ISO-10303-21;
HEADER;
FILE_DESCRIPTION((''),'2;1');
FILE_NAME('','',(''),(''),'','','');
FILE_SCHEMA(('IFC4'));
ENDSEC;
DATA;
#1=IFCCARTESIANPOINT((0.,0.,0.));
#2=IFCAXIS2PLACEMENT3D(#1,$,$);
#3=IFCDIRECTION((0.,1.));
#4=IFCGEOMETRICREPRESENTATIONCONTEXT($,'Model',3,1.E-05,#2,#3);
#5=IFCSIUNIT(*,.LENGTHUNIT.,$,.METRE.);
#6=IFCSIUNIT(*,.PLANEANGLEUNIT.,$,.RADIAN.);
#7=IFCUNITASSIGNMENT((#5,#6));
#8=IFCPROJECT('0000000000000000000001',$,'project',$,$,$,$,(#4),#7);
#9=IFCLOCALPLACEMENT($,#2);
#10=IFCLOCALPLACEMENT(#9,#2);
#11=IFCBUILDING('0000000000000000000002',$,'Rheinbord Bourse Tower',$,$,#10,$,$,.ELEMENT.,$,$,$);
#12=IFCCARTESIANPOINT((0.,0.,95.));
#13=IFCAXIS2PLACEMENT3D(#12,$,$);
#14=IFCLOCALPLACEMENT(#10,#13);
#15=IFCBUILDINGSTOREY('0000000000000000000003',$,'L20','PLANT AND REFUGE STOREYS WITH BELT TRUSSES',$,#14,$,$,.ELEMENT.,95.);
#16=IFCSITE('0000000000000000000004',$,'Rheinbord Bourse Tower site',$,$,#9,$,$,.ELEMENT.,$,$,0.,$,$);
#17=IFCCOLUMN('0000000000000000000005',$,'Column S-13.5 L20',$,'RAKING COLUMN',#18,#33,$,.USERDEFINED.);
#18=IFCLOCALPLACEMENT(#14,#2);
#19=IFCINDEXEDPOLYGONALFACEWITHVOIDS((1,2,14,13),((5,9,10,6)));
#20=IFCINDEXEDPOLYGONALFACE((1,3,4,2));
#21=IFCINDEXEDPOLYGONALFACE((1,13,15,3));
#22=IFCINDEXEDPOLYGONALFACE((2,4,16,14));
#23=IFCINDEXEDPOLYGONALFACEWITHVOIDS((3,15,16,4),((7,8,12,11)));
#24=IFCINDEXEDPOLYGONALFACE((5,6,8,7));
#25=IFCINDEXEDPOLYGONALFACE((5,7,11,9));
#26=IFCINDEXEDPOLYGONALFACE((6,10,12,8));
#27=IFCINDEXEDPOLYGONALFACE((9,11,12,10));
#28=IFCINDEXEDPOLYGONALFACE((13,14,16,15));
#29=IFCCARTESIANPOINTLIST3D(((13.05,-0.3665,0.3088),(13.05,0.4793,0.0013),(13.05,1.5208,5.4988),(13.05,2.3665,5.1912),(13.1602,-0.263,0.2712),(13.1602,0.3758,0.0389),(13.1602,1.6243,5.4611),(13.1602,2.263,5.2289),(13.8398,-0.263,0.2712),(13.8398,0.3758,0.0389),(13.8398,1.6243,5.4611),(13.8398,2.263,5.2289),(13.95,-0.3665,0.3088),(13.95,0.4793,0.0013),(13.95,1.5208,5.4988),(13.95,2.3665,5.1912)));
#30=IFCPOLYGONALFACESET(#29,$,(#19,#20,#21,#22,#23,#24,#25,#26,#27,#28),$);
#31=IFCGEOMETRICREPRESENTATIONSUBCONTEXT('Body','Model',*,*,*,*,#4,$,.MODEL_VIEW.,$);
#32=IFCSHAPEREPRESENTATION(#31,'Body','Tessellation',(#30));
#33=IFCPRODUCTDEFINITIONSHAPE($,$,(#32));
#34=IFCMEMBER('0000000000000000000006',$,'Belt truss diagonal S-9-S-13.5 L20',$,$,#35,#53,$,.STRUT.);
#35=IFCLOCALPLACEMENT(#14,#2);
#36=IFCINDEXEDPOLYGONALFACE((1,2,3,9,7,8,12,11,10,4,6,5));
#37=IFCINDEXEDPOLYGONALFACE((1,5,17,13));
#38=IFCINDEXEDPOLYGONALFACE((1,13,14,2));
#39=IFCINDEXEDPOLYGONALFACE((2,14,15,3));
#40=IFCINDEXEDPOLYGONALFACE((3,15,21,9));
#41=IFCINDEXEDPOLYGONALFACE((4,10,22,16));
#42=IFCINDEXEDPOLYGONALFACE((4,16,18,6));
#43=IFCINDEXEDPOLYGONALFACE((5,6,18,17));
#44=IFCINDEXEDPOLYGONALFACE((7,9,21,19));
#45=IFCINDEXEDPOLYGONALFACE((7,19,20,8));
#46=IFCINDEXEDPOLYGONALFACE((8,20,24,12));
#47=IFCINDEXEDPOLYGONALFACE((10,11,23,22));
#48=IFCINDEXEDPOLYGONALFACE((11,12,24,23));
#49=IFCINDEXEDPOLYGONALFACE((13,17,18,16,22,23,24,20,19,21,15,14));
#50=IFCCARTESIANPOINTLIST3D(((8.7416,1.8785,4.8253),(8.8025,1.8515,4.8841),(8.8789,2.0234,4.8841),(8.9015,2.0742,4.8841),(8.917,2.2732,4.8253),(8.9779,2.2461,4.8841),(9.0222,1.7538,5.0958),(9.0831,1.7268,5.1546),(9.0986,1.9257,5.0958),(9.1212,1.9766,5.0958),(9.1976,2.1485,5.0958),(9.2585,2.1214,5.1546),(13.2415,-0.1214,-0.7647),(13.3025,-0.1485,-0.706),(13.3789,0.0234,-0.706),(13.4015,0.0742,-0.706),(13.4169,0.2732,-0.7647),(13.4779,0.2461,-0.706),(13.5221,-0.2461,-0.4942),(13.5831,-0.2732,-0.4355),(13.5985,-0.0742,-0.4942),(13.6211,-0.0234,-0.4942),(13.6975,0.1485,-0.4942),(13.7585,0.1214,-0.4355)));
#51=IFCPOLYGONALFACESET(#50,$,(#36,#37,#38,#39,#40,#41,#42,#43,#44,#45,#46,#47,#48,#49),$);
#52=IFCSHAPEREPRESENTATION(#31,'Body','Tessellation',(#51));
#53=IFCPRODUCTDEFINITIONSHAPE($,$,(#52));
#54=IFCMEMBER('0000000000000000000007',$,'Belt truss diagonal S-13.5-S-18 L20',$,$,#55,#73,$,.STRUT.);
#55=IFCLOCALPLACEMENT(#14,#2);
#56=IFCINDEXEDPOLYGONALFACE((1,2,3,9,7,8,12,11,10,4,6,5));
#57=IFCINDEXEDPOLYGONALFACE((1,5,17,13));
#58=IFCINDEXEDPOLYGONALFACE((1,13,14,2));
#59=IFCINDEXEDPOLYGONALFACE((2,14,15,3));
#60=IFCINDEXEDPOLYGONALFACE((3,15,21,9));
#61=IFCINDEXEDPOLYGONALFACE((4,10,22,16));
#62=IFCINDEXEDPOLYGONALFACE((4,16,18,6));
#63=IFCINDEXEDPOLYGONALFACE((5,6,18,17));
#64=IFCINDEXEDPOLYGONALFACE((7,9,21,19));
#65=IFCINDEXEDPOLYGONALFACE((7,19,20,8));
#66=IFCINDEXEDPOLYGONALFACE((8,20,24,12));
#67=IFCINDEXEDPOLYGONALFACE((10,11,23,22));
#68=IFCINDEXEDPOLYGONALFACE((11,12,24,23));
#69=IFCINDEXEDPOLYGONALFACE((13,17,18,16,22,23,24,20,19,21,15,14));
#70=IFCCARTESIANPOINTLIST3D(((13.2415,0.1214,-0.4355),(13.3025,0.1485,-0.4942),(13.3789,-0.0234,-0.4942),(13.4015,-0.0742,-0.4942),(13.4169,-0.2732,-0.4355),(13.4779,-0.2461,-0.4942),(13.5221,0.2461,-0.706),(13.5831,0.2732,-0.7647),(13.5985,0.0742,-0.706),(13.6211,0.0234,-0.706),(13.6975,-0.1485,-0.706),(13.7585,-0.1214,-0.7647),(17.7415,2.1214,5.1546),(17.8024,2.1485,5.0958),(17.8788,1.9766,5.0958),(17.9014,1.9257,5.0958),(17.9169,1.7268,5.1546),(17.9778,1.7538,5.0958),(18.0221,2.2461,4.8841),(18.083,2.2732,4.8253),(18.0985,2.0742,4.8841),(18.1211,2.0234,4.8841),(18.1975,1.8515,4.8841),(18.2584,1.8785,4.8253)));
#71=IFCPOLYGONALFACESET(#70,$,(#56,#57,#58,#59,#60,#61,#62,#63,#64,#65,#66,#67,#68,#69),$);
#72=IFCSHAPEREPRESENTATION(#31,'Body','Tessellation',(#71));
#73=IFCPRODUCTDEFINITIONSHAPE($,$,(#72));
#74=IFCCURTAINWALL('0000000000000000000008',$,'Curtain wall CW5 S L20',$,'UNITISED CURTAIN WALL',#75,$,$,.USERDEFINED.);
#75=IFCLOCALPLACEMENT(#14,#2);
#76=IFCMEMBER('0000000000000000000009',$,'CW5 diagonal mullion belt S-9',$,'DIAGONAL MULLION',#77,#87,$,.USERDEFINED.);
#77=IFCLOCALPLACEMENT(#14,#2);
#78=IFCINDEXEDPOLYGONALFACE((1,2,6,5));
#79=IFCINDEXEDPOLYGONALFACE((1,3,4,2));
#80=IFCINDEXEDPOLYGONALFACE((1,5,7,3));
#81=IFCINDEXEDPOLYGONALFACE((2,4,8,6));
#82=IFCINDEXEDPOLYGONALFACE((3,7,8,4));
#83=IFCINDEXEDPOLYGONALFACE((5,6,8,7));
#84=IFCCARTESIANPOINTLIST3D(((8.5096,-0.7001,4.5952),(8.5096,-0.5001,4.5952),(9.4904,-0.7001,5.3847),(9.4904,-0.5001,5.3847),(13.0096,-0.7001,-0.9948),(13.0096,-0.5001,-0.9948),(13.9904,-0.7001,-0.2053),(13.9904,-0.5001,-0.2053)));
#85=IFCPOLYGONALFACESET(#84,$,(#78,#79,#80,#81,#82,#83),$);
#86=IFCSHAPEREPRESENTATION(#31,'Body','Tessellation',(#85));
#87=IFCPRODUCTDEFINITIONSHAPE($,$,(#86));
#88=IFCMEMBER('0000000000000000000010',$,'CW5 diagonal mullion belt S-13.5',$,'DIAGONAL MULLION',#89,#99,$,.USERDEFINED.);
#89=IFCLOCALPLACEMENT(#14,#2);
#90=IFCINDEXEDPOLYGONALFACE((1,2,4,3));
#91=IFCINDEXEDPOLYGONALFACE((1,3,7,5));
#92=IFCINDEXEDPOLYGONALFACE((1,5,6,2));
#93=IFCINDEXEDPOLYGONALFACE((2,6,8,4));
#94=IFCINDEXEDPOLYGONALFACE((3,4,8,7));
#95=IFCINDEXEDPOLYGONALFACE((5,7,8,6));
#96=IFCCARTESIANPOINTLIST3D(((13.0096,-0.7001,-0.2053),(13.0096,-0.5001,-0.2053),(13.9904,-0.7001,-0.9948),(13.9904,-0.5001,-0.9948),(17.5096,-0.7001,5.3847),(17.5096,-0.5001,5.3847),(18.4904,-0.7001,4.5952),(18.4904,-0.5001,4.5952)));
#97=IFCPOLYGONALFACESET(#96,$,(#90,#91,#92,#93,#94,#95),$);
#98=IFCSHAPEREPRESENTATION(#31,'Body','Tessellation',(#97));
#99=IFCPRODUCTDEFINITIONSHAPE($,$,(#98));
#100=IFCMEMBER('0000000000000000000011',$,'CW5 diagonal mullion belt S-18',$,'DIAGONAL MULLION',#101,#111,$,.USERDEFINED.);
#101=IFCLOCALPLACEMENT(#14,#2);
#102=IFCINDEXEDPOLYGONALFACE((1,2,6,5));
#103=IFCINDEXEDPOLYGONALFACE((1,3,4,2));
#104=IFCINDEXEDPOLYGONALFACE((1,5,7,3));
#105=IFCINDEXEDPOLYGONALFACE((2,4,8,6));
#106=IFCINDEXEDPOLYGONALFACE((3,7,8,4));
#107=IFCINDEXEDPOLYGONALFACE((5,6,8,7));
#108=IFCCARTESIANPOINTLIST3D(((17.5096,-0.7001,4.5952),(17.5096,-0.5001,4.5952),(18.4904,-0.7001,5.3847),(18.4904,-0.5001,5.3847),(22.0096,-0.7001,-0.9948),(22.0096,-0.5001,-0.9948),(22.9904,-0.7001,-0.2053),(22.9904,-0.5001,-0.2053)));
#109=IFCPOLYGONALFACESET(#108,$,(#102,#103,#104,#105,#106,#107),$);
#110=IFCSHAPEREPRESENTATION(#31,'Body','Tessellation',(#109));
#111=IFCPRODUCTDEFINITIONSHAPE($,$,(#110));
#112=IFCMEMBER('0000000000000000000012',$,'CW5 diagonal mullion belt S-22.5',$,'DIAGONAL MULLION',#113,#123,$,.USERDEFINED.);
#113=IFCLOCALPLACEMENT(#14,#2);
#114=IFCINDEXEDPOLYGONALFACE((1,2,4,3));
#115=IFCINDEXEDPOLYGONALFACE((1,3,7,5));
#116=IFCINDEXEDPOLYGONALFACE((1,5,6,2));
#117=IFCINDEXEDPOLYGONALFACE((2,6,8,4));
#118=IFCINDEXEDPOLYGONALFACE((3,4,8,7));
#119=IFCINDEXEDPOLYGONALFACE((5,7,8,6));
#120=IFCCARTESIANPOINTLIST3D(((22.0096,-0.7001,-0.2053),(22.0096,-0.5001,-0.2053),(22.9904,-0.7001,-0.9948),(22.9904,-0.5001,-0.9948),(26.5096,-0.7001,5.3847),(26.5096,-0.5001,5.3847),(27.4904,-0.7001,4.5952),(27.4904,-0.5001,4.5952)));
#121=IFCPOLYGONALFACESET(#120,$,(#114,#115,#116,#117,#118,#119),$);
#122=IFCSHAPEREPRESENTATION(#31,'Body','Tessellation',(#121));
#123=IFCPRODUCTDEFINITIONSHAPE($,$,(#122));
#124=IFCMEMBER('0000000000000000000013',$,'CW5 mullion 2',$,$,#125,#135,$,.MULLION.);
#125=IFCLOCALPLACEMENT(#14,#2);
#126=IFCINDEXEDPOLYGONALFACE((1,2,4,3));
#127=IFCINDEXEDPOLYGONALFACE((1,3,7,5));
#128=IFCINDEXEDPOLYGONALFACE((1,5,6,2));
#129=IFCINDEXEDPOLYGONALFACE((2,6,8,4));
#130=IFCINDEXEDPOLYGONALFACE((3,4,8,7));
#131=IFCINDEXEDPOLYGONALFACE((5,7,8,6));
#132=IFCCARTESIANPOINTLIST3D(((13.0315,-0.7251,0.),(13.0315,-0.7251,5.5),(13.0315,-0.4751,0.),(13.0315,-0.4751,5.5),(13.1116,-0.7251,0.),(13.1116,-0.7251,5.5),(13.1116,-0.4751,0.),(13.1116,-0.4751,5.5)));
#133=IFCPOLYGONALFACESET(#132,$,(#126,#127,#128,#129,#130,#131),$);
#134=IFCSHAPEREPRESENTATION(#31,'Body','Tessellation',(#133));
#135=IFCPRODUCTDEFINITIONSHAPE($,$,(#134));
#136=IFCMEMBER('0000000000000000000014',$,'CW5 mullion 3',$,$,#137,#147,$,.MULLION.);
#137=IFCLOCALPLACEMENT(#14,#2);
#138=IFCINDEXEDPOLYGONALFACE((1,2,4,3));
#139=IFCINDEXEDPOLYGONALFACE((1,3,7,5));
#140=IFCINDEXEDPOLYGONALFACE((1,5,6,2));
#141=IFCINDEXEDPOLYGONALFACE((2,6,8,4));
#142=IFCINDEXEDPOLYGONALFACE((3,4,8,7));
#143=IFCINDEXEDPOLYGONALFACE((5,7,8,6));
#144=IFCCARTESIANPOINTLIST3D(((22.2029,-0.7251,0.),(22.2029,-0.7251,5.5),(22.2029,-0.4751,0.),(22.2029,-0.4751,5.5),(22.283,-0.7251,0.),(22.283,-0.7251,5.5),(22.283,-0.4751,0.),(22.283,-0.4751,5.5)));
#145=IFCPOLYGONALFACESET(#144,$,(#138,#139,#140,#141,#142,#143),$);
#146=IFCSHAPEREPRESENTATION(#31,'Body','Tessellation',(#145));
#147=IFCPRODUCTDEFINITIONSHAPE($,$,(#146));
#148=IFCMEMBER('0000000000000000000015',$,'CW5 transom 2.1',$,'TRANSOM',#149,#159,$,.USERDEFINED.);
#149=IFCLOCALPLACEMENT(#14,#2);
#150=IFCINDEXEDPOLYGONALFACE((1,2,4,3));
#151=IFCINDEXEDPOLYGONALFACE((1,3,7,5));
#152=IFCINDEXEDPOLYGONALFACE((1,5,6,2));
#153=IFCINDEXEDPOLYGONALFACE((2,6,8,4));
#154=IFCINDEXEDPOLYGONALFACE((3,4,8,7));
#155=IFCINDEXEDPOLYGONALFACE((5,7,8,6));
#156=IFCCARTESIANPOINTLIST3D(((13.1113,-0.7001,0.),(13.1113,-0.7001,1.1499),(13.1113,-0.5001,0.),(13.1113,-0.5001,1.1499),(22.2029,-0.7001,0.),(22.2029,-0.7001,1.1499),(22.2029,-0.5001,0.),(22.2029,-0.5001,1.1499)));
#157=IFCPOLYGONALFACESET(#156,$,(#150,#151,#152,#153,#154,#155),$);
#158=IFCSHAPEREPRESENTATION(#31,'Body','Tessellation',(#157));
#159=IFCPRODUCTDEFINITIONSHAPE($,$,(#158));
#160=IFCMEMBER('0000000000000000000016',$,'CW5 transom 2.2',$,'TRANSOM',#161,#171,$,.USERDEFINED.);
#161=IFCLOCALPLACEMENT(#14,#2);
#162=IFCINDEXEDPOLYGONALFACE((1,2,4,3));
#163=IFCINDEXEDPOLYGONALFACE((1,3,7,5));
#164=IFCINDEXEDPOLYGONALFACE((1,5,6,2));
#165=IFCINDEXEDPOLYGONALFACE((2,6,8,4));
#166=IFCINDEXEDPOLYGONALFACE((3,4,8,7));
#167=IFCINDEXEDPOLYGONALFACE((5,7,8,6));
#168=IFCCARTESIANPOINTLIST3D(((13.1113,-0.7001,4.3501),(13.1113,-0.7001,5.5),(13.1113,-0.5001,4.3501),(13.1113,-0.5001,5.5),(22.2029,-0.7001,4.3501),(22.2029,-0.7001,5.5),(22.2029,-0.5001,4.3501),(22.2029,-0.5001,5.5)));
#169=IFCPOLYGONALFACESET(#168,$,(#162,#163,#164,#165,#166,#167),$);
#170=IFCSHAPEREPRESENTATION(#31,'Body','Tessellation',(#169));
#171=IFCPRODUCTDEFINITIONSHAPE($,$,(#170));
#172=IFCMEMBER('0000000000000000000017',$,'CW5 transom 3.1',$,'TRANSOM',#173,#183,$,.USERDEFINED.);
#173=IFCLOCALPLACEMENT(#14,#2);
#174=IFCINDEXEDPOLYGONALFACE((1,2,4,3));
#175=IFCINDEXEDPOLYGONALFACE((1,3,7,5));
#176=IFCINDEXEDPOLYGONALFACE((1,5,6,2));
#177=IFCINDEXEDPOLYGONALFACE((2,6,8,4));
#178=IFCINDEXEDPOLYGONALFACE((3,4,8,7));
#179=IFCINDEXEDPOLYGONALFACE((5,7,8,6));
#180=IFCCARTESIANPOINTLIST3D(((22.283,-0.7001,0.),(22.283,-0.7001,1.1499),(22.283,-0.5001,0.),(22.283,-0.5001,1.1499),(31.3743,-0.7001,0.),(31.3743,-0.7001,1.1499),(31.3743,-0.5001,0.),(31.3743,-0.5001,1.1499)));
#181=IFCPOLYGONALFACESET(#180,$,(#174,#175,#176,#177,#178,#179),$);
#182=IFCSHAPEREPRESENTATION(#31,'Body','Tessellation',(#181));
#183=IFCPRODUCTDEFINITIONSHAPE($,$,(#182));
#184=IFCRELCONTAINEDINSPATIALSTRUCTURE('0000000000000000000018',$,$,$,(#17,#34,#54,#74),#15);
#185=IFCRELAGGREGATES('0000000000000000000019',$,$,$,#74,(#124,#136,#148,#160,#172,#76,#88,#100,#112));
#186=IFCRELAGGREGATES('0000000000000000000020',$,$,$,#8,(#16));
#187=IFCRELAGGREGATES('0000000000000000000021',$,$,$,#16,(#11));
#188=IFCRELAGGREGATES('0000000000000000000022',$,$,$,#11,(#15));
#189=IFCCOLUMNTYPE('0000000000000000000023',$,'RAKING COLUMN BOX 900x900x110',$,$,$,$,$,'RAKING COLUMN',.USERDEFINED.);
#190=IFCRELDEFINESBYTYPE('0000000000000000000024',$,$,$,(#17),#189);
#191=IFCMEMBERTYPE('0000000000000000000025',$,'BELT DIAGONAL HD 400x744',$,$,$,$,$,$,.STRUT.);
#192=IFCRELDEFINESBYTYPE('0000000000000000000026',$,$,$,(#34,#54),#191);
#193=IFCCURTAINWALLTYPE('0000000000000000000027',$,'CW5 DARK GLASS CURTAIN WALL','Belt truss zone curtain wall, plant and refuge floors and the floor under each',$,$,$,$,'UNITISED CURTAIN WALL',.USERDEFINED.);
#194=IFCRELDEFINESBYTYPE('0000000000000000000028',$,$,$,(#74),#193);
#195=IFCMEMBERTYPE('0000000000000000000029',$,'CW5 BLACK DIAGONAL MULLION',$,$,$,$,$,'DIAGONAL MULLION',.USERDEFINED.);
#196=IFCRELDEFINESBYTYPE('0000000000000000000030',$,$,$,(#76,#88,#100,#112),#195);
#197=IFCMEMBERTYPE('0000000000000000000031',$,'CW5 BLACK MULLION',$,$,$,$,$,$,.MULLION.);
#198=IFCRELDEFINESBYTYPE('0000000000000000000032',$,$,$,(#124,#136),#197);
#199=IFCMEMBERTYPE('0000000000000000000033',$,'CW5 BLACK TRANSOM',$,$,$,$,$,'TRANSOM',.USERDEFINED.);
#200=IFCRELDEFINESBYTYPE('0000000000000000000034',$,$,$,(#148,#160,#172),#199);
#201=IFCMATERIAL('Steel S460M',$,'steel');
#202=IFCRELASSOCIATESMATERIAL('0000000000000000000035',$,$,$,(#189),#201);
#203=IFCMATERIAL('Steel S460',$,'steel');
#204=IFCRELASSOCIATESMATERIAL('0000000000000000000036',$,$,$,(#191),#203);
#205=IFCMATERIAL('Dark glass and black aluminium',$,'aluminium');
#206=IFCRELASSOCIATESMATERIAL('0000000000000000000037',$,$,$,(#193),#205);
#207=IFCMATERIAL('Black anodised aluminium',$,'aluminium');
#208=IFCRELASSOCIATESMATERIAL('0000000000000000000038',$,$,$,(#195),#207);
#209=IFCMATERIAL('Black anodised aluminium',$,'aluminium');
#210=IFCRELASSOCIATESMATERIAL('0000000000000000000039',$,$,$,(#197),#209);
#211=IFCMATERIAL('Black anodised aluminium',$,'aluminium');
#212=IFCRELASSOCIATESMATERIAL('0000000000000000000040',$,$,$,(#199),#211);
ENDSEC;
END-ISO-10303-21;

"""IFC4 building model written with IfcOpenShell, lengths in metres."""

from ifc_helpers import new_model, si_unit, direction, frame, origin, origin_2d, place, context, subcontext, project, spatial, rectangle, hollow_rectangle, i_section, extrude, material, material_profile, profile_set, type_object, element, aggregate, save


model = new_model("IFC4")

# Units and contexts
model_context = context("Model", 3, precision=1e-05, world=origin(), true_north=direction((0.0, 1.0)))
body_context = subcontext(model_context, "Body", "Model", "MODEL_VIEW")
ifc_project = project(units=[si_unit("LENGTHUNIT", "METRE"), si_unit("PLANEANGLEUNIT", "RADIAN")], contexts=[model_context])

# Site, building, storey
site_placement = place(None, origin())
site = spatial("IfcSite", under=ifc_project, at=site_placement, Name="Rheinbord Bourse Tower site", CompositionType="ELEMENT", RefElevation=0.0)
building_placement = place(site_placement, origin())
building = spatial("IfcBuilding", under=site, at=building_placement, Name="Rheinbord Bourse Tower", CompositionType="ELEMENT")
storey_placement = place(building_placement, frame((0.0, 0.0, 95.0)))
storey = spatial("IfcBuildingStorey", under=building, at=storey_placement, Name="L20", Description="PLANT AND REFUGE STOREYS WITH BELT TRUSSES", CompositionType="ELEMENT", Elevation=95.0)

# Column
ifc_material_1 = material(Name="Steel S460M", Category="steel")
ifc_material_profile_1 = material_profile(ifc_material_1, hollow_rectangle(XDim=0.8999, YDim=0.8999, WallThickness=0.1101, at=origin_2d()), Name="BOX 900x900x110")
ifc_profile_set_1 = profile_set([ifc_material_profile_1], Name="Steel S460M")
column_type = type_object("IfcColumnType", Name="RAKING COLUMN BOX 900x900x110", ElementType="RAKING COLUMN", PredefinedType="USERDEFINED", material=ifc_profile_set_1)
column_placement = place(storey_placement, frame((13.5, 0.0564, 0.155), z_axis=(0.0, 0.341743, 0.939793), x_axis=(0.0, -0.939793, 0.341743)))
element("IfcColumn", 1, at=column_placement, inside=storey, type_object=column_type, Name="Column S-13.5 L20", ObjectType="RAKING COLUMN", PredefinedType="USERDEFINED", context=body_context, shape_type="SweptSolid", body=[
    extrude(hollow_rectangle(XDim=0.8999, YDim=0.8999, WallThickness=0.1101, at=origin_2d()), origin(), (0.0, 0.0, 1.0), 5.5225),
])

# Members
ifc_material_2 = material(Name="Steel S460", Category="steel")
ifc_material_profile_2 = material_profile(ifc_material_2, i_section(OverallWidth=0.4319, OverallDepth=0.498, WebThickness=0.0557, FlangeThickness=0.0889, at=origin_2d()), Name="HD 400x744")
ifc_profile_set_2 = profile_set([ifc_material_profile_2], Name="Steel S460")
member_type_1 = type_object("IfcMemberType", Name="BELT DIAGONAL HD 400x744", PredefinedType="STRUT", material=ifc_profile_set_2)
for number, where, z_axis, x_axis, name in (
    (2, (13.5, 0.0, -0.6001), (-0.604045, 0.268465, 0.75037), (-0.406138, -0.913812, 0.0), "Belt truss diagonal S-9-S-13.5 L20"),
    (3, (13.5, 0.0, -0.6001), (0.604045, 0.268465, 0.75037), (-0.406138, 0.913812, 0.0), "Belt truss diagonal S-13.5-S-18 L20"),
):
    element("IfcMember", number, at=place(storey_placement, frame(where, z_axis=z_axis, x_axis=x_axis)), inside=storey, type_object=member_type_1, Name=name, PredefinedType="STRUT", context=body_context, shape_type="SweptSolid", body=[
        extrude(i_section(OverallWidth=0.4319, OverallDepth=0.498, WebThickness=0.0557, FlangeThickness=0.0889, at=origin_2d()), origin(), (0.0, 0.0, 1.0), 7.4497),
    ])

# Curtain wall, members
ifc_material_3 = material(Name="Dark glass and black aluminium", Category="aluminium")
curtain_wall_type = type_object("IfcCurtainWallType", Name="CW5 DARK GLASS CURTAIN WALL", Description="Belt truss zone curtain wall, plant and refuge floors and the floor under each", ElementType="UNITISED CURTAIN WALL", PredefinedType="USERDEFINED", material=ifc_material_3)
curtain_wall_placement = place(storey_placement, origin())
curtain_wall = element("IfcCurtainWall", 4, at=curtain_wall_placement, inside=storey, type_object=curtain_wall_type, Name="Curtain wall CW5 S L20", ObjectType="UNITISED CURTAIN WALL", PredefinedType="USERDEFINED")
ifc_material_4 = material(Name="Black anodised aluminium", Category="aluminium")
ifc_material_profile_3 = material_profile(ifc_material_4, rectangle(XDim=0.2, YDim=1.259, at=origin_2d()), Name="CW5 DIAGONAL MULLION 1259x200")
ifc_profile_set_3 = profile_set([ifc_material_profile_3], Name="Black anodised aluminium")
member_type_2 = type_object("IfcMemberType", Name="CW5 BLACK DIAGONAL MULLION", ElementType="DIAGONAL MULLION", PredefinedType="USERDEFINED", material=ifc_profile_set_3)
member_1_placement = place(storey_placement, frame((13.5, -0.6001, -0.6001), z_axis=(-0.627065, 0.0, 0.778967), x_axis=(0.0, -1.0, 0.0)))
member_1 = element("IfcMember", 5, at=member_1_placement, type_object=member_type_2, Name="CW5 diagonal mullion belt S-9", ObjectType="DIAGONAL MULLION", PredefinedType="USERDEFINED", context=body_context, shape_type="SweptSolid", body=[
    extrude(rectangle(XDim=0.2, YDim=1.259, at=origin_2d()), origin(), (0.0, 0.0, 1.0), 7.1763),
])
member_2_placement = place(storey_placement, frame((13.5, -0.6001, -0.6001), z_axis=(0.627065, 0.0, 0.778967), x_axis=(0.0, 1.0, 0.0)))
member_2 = element("IfcMember", 6, at=member_2_placement, type_object=member_type_2, Name="CW5 diagonal mullion belt S-13.5", ObjectType="DIAGONAL MULLION", PredefinedType="USERDEFINED", context=body_context, shape_type="SweptSolid", body=[
    extrude(rectangle(XDim=0.2, YDim=1.259, at=origin_2d()), origin(), (0.0, 0.0, 1.0), 7.1763),
])
member_3_placement = place(storey_placement, frame((22.5, -0.6001, -0.6001), z_axis=(-0.627065, 0.0, 0.778967), x_axis=(0.0, -1.0, 0.0)))
member_3 = element("IfcMember", 7, at=member_3_placement, type_object=member_type_2, Name="CW5 diagonal mullion belt S-18", ObjectType="DIAGONAL MULLION", PredefinedType="USERDEFINED", context=body_context, shape_type="SweptSolid", body=[
    extrude(rectangle(XDim=0.2, YDim=1.259, at=origin_2d()), origin(), (0.0, 0.0, 1.0), 7.1763),
])
member_4_placement = place(storey_placement, frame((22.5, -0.6001, -0.6001), z_axis=(0.627065, 0.0, 0.778967), x_axis=(0.0, 1.0, 0.0)))
member_4 = element("IfcMember", 8, at=member_4_placement, type_object=member_type_2, Name="CW5 diagonal mullion belt S-22.5", ObjectType="DIAGONAL MULLION", PredefinedType="USERDEFINED", context=body_context, shape_type="SweptSolid", body=[
    extrude(rectangle(XDim=0.2, YDim=1.259, at=origin_2d()), origin(), (0.0, 0.0, 1.0), 7.1763),
])
ifc_material_5 = material(Name="Black anodised aluminium", Category="aluminium")
ifc_material_profile_4 = material_profile(ifc_material_5, rectangle(XDim=0.25, YDim=0.0801, at=origin_2d()), Name="CW5 MULLION 80x250")
ifc_profile_set_4 = profile_set([ifc_material_profile_4], Name="Black anodised aluminium")
member_type_3 = type_object("IfcMemberType", Name="CW5 BLACK MULLION", PredefinedType="MULLION", material=ifc_profile_set_4)
member_5_placement = place(storey_placement, frame((13.0715, -0.6001, 0.0), z_axis=(0.0, 0.0, 1.0), x_axis=(0.0, 1.0, 0.0)))
member_5 = element("IfcMember", 9, at=member_5_placement, type_object=member_type_3, Name="CW5 mullion 2", PredefinedType="MULLION", context=body_context, shape_type="SweptSolid", body=[
    extrude(rectangle(XDim=0.25, YDim=0.0801, at=origin_2d()), origin(), (0.0, 0.0, 1.0), 5.5),
])
member_6_placement = place(storey_placement, frame((22.2429, -0.6001, 0.0), z_axis=(0.0, 0.0, 1.0), x_axis=(0.0, 1.0, 0.0)))
member_6 = element("IfcMember", 10, at=member_6_placement, type_object=member_type_3, Name="CW5 mullion 3", PredefinedType="MULLION", context=body_context, shape_type="SweptSolid", body=[
    extrude(rectangle(XDim=0.25, YDim=0.0801, at=origin_2d()), origin(), (0.0, 0.0, 1.0), 5.5),
])
ifc_material_6 = material(Name="Black anodised aluminium", Category="aluminium")
ifc_material_profile_5 = material_profile(ifc_material_6, rectangle(XDim=0.2, YDim=1.1499, at=origin_2d()), Name="CW5 TRANSOM 1150x200")
ifc_profile_set_5 = profile_set([ifc_material_profile_5], Name="Black anodised aluminium")
member_type_4 = type_object("IfcMemberType", Name="CW5 BLACK TRANSOM", ElementType="TRANSOM", PredefinedType="USERDEFINED", material=ifc_profile_set_5)
member_7_placement = place(storey_placement, frame((13.1113, -0.6001, 0.575), z_axis=(1.0, 0.0, 0.0), x_axis=(0.0, 1.0, 0.0)))
member_7 = element("IfcMember", 11, at=member_7_placement, type_object=member_type_4, Name="CW5 transom 2.1", ObjectType="TRANSOM", PredefinedType="USERDEFINED", context=body_context, shape_type="SweptSolid", body=[
    extrude(rectangle(XDim=0.2, YDim=1.1499, at=origin_2d()), origin(), (0.0, 0.0, 1.0), 9.0916),
])
member_8_placement = place(storey_placement, frame((13.1113, -0.6001, 4.925), z_axis=(1.0, 0.0, 0.0), x_axis=(0.0, 1.0, 0.0)))
member_8 = element("IfcMember", 12, at=member_8_placement, type_object=member_type_4, Name="CW5 transom 2.2", ObjectType="TRANSOM", PredefinedType="USERDEFINED", context=body_context, shape_type="SweptSolid", body=[
    extrude(rectangle(XDim=0.2, YDim=1.1499, at=origin_2d()), origin(), (0.0, 0.0, 1.0), 9.0916),
])
member_9_placement = place(storey_placement, frame((22.283, -0.6001, 0.575), z_axis=(1.0, 0.0, 0.0), x_axis=(0.0, 1.0, 0.0)))
member_9 = element("IfcMember", 13, at=member_9_placement, type_object=member_type_4, Name="CW5 transom 3.1", ObjectType="TRANSOM", PredefinedType="USERDEFINED", context=body_context, shape_type="SweptSolid", body=[
    extrude(rectangle(XDim=0.2, YDim=1.1499, at=origin_2d()), origin(), (0.0, 0.0, 1.0), 9.0913),
])

aggregate(curtain_wall, [member_5, member_6, member_7, member_8, member_9, member_1, member_2, member_3, member_4])

save(model, "model.ifc")
